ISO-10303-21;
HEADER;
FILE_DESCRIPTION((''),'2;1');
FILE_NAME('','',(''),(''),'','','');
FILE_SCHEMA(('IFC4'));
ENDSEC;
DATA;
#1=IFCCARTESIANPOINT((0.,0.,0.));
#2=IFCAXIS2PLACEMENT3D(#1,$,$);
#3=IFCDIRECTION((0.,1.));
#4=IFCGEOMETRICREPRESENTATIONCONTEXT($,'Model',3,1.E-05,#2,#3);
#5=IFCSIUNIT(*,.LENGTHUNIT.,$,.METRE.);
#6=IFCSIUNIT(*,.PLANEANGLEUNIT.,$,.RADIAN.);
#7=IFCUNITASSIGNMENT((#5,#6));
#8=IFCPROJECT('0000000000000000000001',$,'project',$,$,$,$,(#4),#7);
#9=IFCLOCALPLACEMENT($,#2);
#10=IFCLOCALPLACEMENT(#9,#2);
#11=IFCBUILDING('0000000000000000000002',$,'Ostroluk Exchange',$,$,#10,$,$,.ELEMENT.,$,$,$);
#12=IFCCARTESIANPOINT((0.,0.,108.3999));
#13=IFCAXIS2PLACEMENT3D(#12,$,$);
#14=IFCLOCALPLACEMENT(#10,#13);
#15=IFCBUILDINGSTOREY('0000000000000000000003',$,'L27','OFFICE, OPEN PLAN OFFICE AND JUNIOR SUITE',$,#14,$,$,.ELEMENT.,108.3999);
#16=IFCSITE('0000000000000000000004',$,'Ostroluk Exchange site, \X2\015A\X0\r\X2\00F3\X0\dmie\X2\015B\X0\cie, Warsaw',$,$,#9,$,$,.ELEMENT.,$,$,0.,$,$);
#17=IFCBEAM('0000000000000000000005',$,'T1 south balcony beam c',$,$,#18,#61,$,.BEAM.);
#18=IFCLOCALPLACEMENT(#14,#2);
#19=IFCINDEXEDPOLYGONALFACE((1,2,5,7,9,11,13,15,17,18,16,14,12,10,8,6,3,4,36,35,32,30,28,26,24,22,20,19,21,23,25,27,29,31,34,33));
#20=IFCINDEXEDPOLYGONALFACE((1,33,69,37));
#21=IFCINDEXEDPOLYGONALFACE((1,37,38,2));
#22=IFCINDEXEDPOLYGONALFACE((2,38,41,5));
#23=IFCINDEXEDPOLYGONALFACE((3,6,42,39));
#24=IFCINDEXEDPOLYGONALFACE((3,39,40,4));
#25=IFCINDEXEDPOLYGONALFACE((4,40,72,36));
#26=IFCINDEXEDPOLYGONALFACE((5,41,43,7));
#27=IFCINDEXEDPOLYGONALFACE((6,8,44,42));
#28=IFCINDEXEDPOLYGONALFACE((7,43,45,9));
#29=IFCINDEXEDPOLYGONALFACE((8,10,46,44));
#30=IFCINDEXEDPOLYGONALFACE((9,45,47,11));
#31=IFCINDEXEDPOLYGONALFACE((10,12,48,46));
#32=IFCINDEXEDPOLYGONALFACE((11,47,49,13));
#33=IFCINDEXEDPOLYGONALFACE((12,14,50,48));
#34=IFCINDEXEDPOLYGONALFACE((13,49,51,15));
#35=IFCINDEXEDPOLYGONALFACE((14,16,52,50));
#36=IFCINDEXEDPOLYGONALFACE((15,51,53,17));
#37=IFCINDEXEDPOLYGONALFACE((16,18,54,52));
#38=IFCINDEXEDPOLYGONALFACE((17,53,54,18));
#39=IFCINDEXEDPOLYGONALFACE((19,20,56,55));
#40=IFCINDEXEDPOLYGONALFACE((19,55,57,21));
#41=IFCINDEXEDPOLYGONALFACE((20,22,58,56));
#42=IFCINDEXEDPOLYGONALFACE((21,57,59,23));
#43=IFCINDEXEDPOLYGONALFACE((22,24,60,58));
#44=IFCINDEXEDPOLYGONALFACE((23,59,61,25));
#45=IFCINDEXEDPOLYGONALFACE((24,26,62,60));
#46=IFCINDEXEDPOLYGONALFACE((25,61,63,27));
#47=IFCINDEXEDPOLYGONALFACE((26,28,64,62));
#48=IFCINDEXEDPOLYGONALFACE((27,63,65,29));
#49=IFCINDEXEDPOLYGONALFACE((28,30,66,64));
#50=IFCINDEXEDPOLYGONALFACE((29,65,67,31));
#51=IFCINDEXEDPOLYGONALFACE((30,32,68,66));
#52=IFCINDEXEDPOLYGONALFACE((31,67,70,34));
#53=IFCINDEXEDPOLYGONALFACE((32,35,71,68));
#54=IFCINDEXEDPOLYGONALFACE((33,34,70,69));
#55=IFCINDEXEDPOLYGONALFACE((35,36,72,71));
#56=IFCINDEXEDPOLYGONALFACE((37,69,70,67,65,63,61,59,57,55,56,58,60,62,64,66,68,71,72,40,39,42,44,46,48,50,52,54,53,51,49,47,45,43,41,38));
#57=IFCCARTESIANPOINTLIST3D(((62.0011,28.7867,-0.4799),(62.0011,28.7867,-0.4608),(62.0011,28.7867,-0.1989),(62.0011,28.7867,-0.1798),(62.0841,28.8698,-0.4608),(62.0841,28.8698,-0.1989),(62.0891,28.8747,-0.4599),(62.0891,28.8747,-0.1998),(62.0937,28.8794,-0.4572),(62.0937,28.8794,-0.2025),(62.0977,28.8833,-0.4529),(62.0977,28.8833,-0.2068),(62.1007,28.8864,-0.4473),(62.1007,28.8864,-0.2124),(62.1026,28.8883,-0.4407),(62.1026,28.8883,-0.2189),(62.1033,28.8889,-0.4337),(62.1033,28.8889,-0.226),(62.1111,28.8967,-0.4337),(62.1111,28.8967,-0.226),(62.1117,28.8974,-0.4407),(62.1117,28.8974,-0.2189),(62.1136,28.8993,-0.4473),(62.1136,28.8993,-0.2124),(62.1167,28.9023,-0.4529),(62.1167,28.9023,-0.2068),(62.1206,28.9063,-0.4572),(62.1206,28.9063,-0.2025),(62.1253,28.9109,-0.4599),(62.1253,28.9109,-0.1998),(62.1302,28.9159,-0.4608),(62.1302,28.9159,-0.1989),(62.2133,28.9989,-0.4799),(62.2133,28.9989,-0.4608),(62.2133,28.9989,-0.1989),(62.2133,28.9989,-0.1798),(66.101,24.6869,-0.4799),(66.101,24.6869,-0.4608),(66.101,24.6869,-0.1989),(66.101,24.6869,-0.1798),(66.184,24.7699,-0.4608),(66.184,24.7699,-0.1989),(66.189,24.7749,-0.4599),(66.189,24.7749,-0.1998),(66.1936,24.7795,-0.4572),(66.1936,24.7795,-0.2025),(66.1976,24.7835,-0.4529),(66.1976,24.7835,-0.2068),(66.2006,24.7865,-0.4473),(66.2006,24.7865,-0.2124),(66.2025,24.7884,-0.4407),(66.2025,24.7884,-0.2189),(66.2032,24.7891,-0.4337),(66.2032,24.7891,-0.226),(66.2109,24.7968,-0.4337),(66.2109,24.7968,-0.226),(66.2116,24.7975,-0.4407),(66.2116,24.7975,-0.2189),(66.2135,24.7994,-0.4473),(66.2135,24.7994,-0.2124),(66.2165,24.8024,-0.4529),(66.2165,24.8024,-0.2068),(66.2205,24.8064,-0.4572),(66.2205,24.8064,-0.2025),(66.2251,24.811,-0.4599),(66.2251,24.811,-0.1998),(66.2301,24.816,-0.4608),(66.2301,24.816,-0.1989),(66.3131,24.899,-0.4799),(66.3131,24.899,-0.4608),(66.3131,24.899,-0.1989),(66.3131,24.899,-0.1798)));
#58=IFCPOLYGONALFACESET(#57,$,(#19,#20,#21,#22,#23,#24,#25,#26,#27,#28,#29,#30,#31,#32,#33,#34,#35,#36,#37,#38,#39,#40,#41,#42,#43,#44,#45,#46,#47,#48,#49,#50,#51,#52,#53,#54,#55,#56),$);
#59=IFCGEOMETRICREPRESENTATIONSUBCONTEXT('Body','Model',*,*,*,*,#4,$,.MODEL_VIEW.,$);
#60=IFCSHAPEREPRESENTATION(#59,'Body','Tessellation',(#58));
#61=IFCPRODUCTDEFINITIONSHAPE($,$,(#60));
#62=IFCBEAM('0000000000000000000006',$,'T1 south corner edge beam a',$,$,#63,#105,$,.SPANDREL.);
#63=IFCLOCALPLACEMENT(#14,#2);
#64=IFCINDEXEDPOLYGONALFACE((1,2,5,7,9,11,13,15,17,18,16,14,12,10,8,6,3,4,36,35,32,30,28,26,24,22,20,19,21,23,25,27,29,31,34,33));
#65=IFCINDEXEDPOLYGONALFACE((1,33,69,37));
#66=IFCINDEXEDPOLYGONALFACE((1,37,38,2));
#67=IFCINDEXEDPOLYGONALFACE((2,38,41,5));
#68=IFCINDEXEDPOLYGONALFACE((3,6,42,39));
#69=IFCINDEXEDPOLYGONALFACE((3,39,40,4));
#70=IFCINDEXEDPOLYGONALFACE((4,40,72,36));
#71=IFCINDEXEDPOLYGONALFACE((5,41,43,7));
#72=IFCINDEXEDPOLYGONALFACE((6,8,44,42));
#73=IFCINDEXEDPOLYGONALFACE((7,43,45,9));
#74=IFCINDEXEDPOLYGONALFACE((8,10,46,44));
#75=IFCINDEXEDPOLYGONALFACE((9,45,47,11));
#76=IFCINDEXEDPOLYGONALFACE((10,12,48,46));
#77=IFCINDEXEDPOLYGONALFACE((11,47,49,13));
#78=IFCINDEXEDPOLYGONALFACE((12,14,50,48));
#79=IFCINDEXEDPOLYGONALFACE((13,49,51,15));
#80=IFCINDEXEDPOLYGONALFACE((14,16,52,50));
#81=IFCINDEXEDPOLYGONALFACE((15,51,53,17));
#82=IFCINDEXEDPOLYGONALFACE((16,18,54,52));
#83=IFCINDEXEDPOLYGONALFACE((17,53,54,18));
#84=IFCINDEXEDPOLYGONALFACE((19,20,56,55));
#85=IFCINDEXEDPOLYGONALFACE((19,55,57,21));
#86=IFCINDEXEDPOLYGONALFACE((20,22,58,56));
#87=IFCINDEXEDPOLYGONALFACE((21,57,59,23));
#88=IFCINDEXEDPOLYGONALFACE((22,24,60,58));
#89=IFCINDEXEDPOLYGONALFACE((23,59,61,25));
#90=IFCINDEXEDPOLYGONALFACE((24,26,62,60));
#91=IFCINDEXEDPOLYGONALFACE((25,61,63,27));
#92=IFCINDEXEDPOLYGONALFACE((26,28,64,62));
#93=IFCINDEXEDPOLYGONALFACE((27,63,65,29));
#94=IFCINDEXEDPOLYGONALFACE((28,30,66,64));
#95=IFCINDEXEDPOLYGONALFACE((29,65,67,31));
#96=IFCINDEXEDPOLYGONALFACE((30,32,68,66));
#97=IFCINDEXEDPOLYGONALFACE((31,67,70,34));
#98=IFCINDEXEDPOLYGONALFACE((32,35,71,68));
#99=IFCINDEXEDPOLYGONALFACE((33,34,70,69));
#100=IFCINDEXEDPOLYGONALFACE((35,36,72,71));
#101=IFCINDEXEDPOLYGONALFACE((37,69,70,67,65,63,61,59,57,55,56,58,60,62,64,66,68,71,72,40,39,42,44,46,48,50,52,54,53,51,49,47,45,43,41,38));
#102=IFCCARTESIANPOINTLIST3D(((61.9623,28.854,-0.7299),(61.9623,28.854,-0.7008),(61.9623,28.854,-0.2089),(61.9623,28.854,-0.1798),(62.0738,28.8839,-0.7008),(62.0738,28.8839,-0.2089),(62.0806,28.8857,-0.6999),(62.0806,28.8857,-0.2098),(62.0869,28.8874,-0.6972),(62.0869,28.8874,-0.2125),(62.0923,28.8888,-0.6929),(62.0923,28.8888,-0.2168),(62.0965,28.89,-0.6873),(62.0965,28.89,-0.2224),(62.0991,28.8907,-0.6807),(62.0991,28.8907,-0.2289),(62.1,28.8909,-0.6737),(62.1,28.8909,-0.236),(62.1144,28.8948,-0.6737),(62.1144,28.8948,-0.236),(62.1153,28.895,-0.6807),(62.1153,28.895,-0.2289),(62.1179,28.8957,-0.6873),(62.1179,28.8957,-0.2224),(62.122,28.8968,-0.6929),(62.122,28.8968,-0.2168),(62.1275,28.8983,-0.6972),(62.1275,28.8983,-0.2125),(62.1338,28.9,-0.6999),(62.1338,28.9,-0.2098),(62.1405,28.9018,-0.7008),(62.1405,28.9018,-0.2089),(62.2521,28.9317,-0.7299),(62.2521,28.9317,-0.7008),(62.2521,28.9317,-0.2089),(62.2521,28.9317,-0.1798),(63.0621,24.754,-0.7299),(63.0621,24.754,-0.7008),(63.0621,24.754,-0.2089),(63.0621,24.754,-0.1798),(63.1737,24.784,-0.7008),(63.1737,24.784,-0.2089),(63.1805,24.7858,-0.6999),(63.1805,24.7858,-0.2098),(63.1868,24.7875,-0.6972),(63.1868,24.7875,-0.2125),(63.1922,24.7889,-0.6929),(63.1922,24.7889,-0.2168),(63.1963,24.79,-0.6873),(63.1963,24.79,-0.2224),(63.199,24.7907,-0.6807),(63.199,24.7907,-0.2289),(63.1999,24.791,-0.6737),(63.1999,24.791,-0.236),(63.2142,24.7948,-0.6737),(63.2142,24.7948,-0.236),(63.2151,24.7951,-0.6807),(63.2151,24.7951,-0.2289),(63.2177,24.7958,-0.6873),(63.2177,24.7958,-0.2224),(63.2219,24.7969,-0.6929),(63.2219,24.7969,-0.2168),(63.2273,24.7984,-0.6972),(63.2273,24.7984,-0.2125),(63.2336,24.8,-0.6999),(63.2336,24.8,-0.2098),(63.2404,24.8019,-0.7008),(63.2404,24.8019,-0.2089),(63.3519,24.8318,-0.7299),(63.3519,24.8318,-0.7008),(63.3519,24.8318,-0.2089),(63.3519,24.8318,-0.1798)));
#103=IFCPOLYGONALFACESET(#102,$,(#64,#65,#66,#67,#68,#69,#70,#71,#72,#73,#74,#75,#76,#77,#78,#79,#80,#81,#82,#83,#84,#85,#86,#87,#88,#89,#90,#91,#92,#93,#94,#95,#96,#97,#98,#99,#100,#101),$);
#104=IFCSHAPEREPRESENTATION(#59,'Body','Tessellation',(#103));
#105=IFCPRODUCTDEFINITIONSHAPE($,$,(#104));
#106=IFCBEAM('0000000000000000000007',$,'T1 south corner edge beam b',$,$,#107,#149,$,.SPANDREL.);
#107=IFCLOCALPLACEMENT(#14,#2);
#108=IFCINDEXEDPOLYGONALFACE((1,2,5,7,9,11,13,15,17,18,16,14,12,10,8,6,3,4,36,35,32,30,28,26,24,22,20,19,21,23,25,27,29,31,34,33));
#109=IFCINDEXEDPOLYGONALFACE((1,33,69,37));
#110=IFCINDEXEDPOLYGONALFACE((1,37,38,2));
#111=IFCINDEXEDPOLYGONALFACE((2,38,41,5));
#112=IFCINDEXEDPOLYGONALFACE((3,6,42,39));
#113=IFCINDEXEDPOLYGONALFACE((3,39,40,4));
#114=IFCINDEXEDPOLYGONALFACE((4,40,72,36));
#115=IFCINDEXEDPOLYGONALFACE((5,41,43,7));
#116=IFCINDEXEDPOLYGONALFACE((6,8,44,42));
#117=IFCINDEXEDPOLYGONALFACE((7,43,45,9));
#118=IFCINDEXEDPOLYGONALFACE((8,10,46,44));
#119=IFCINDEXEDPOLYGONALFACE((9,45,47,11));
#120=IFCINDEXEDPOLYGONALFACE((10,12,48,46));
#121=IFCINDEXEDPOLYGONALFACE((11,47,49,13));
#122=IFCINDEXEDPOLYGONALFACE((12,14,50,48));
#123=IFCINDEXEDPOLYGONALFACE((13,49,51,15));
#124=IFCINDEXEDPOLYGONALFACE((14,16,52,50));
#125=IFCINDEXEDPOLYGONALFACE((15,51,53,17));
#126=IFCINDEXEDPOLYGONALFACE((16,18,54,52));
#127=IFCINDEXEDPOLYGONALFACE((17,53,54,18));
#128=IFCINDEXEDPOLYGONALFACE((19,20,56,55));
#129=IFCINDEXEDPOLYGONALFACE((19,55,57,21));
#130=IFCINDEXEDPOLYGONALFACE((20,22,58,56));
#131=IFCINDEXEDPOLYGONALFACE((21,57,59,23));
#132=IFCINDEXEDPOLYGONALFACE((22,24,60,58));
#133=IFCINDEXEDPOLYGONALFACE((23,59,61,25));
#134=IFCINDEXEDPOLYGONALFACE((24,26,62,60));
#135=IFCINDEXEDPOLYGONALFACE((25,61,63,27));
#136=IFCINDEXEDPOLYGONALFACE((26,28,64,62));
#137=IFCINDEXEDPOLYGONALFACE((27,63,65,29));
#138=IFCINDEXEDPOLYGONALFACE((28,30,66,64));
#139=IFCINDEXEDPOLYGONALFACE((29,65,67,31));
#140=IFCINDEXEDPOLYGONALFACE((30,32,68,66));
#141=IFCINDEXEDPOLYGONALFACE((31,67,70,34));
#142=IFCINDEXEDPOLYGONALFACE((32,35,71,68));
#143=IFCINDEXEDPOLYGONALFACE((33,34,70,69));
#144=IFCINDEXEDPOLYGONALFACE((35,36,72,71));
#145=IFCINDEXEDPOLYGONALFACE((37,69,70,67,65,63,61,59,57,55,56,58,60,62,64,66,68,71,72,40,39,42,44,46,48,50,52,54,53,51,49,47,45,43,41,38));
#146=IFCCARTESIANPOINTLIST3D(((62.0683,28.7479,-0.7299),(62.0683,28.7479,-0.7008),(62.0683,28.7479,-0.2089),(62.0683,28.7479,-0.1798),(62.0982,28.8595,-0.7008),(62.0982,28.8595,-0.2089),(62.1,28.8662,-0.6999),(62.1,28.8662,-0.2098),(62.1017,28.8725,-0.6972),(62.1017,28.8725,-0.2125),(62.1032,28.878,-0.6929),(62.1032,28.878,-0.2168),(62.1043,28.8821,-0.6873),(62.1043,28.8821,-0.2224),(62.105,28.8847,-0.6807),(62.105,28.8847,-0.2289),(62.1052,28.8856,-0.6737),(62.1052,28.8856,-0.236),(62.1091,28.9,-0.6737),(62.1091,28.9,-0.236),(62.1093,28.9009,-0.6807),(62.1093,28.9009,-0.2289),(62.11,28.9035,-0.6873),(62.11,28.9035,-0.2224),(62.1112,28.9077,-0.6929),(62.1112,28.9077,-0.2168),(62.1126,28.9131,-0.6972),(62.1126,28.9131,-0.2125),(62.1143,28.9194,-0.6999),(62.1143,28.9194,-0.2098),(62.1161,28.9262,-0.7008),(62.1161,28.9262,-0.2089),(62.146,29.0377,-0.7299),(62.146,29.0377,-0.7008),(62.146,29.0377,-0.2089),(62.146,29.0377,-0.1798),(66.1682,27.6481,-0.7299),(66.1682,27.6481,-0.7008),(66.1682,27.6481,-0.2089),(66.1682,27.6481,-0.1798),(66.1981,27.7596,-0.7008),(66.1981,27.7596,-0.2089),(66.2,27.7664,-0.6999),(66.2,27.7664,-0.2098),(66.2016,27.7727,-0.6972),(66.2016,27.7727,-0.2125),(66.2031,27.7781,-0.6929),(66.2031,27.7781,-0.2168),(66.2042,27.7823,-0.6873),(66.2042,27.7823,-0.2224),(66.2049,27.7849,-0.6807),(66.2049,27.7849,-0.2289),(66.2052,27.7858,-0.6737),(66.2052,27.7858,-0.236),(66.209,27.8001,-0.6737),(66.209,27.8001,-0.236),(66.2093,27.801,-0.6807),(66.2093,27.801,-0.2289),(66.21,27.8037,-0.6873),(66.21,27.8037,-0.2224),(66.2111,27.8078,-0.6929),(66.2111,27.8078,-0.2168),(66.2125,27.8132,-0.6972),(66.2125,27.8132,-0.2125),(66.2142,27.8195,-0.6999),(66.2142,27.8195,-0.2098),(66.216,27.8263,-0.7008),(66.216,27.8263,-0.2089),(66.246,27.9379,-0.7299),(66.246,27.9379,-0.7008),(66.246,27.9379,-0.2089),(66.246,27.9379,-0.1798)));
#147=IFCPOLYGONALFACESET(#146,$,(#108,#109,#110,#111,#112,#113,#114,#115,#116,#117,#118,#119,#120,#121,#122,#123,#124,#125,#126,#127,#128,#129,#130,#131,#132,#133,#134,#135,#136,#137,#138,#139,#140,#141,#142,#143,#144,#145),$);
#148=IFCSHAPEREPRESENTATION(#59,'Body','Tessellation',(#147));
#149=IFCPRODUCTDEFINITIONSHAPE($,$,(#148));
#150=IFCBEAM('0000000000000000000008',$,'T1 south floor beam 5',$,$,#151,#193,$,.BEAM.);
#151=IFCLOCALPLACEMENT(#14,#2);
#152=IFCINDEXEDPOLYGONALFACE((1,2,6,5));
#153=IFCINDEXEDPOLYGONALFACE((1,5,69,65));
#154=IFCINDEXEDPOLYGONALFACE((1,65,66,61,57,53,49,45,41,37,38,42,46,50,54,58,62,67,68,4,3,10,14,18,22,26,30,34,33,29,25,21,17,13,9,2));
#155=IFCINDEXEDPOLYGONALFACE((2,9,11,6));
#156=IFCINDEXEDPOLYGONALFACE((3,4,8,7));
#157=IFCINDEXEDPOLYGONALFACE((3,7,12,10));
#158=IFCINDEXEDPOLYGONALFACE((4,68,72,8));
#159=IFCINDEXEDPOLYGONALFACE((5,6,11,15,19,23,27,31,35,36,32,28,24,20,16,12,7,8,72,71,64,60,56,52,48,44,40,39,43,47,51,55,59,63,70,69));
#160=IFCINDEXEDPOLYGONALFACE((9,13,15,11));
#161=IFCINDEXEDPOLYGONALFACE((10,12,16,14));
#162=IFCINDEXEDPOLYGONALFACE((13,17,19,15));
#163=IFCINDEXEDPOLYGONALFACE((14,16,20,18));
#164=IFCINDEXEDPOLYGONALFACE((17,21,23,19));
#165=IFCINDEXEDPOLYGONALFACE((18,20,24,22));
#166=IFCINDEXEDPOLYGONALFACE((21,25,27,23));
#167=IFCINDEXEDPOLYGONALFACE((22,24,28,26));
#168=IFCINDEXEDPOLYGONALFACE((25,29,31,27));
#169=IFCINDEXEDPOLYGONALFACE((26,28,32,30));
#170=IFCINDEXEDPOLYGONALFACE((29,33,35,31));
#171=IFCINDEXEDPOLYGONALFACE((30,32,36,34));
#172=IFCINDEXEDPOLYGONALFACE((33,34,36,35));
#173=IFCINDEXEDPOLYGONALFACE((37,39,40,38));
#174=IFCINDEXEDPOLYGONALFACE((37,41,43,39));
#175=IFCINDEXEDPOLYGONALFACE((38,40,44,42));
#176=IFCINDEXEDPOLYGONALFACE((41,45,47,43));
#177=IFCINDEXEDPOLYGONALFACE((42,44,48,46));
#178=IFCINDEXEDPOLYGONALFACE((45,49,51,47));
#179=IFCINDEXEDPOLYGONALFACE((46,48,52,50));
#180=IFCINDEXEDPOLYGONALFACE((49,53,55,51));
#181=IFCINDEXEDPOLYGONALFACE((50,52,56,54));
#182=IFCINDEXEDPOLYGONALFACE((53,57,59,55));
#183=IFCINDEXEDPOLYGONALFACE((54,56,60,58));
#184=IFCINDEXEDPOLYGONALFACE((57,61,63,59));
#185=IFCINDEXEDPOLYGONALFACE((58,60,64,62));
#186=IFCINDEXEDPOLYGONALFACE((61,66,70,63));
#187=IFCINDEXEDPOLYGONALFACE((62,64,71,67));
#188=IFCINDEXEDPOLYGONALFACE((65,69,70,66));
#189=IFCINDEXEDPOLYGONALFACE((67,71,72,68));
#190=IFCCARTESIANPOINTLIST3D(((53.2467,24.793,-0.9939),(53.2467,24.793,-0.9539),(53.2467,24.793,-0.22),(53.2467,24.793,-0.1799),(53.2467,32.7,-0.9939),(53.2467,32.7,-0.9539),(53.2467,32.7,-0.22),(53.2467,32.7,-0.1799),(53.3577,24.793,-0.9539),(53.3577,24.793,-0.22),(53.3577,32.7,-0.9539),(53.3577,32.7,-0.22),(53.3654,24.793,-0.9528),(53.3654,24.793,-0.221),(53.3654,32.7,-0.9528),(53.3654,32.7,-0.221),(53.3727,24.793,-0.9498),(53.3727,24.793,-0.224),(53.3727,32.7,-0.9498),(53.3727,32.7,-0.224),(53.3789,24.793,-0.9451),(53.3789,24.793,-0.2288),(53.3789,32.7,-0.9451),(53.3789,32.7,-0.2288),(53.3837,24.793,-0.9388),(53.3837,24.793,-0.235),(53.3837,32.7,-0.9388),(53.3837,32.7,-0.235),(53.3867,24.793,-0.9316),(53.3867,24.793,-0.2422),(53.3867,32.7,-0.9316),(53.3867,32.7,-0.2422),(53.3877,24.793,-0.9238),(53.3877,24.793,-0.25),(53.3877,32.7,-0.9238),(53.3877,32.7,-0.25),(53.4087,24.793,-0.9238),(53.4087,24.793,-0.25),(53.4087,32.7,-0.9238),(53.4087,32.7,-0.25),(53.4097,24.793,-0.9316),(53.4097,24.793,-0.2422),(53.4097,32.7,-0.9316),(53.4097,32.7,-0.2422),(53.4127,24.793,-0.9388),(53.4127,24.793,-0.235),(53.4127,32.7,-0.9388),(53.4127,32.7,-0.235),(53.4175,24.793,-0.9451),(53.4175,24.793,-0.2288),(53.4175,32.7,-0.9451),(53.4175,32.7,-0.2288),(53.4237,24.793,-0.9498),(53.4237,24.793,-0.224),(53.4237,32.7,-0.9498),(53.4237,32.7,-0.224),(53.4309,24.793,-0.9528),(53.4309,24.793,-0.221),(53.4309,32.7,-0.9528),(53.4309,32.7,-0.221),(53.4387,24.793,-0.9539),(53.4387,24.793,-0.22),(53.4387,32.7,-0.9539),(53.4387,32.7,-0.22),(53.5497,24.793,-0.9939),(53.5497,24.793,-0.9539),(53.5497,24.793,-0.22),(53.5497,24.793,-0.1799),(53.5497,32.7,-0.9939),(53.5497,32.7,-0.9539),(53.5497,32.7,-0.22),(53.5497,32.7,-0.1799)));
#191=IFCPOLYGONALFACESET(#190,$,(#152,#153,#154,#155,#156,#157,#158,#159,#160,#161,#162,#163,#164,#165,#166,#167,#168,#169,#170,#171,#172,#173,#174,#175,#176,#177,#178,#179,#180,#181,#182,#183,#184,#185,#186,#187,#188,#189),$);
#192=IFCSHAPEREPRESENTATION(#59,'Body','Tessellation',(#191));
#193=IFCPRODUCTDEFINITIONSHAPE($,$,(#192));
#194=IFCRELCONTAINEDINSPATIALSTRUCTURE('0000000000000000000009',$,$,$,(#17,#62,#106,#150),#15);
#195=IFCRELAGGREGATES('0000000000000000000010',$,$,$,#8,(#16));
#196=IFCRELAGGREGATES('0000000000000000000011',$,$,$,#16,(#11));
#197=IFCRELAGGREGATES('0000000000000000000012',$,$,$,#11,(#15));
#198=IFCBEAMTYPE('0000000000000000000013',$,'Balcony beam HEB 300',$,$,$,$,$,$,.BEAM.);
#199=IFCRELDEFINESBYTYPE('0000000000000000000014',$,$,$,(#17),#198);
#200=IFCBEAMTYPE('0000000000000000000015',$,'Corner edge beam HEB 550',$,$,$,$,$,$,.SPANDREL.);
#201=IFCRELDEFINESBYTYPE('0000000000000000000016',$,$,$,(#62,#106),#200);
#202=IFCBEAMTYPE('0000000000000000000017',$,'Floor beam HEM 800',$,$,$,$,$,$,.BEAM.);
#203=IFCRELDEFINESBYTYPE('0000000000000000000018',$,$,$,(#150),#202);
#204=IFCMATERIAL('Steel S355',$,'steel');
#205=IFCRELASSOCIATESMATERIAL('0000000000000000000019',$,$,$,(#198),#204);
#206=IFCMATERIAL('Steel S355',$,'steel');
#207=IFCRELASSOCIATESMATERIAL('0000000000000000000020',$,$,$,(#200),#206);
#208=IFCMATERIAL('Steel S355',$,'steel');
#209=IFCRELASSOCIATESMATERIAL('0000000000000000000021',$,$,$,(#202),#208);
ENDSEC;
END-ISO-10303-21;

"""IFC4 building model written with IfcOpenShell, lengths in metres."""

from ifc_helpers import new_model, si_unit, direction, frame, origin, origin_2d, place, context, subcontext, project, spatial, i_section, extrude, material, material_profile, profile_set, type_object, element, save


model = new_model("IFC4")

# Units and contexts
model_context = context("Model", 3, precision=1e-05, world=origin(), true_north=direction((0.0, 1.0)))
body_context = subcontext(model_context, "Body", "Model", "MODEL_VIEW")
ifc_project = project(units=[si_unit("LENGTHUNIT", "METRE"), si_unit("PLANEANGLEUNIT", "RADIAN")], contexts=[model_context])

# Site, building, storey
site_placement = place(None, origin())
site = spatial("IfcSite", under=ifc_project, at=site_placement, Name="Ostroluk Exchange site, Śródmieście, Warsaw", CompositionType="ELEMENT", RefElevation=0.0)
building_placement = place(site_placement, origin())
building = spatial("IfcBuilding", under=site, at=building_placement, Name="Ostroluk Exchange", CompositionType="ELEMENT")
storey_placement = place(building_placement, frame((0.0, 0.0, 108.3999)))
storey = spatial("IfcBuildingStorey", under=building, at=storey_placement, Name="L27", Description="OFFICE, OPEN PLAN OFFICE AND JUNIOR SUITE", CompositionType="ELEMENT", Elevation=108.3999)

# Beams
ifc_material_1 = material(Name="Steel S355", Category="steel")
ifc_material_profile_1 = material_profile(ifc_material_1, i_section(OverallWidth=0.3, OverallDepth=0.3, WebThickness=0.011, FlangeThickness=0.019, FilletRadius=0.0271, at=origin_2d()), Name="HEB 300")
ifc_profile_set_1 = profile_set([ifc_material_profile_1], Name="Steel S355")
beam_type_1 = type_object("IfcBeamType", Name="Balcony beam HEB 300", PredefinedType="BEAM", material=ifc_profile_set_1)
beam_1_placement = place(storey_placement, frame((62.1072, 28.8928, -0.3298), z_axis=(0.707107, -0.707107, 0.0), x_axis=(0.707107, 0.707107, 0.0)))
element("IfcBeam", 1, at=beam_1_placement, inside=storey, type_object=beam_type_1, Name="T1 south balcony beam c", PredefinedType="BEAM", context=body_context, shape_type="SweptSolid", body=[
    extrude(i_section(OverallWidth=0.3, OverallDepth=0.3, WebThickness=0.011, FlangeThickness=0.019, FilletRadius=0.0271, at=origin_2d()), origin(), (0.0, 0.0, 1.0), 5.7981),
])
ifc_material_2 = material(Name="Steel S355", Category="steel")
ifc_material_profile_2 = material_profile(ifc_material_2, i_section(OverallWidth=0.3, OverallDepth=0.55, WebThickness=0.0149, FlangeThickness=0.0291, FilletRadius=0.0271, at=origin_2d()), Name="HEB 550")
ifc_profile_set_2 = profile_set([ifc_material_profile_2], Name="Steel S355")
beam_type_2 = type_object("IfcBeamType", Name="Corner edge beam HEB 550", PredefinedType="SPANDREL", material=ifc_profile_set_2)
for number, where, z_axis, x_axis, name in (
    (2, (62.1072, 28.8928, -0.4548), (0.259105, -0.965849, 0.0), (0.965849, 0.259105, 0.0), "T1 south corner edge beam a"),
    (3, (62.1072, 28.8928, -0.4548), (0.965849, -0.259105, 0.0), (0.259105, 0.965849, 0.0), "T1 south corner edge beam b"),
):
    element("IfcBeam", number, at=place(storey_placement, frame(where, z_axis=z_axis, x_axis=x_axis)), inside=storey, type_object=beam_type_2, Name=name, PredefinedType="SPANDREL", context=body_context, shape_type="SweptSolid", body=[
        extrude(i_section(OverallWidth=0.3, OverallDepth=0.55, WebThickness=0.0149, FlangeThickness=0.0291, FilletRadius=0.0271, at=origin_2d()), origin(), (0.0, 0.0, 1.0), 4.2449),
    ])
ifc_material_3 = material(Name="Steel S355", Category="steel")
ifc_material_profile_3 = material_profile(ifc_material_3, i_section(OverallWidth=0.303, OverallDepth=0.814, WebThickness=0.021, FlangeThickness=0.04, FilletRadius=0.03, at=origin_2d()), Name="HEM 800")
ifc_profile_set_3 = profile_set([ifc_material_profile_3], Name="Steel S355")
beam_type_3 = type_object("IfcBeamType", Name="Floor beam HEM 800", PredefinedType="BEAM", material=ifc_profile_set_3)
beam_2_placement = place(storey_placement, frame((53.3982, 32.7, -0.5869), z_axis=(0.0, -1.0, 0.0), x_axis=(1.0, 0.0, 0.0)))
element("IfcBeam", 4, at=beam_2_placement, inside=storey, type_object=beam_type_3, Name="T1 south floor beam 5", PredefinedType="BEAM", context=body_context, shape_type="SweptSolid", body=[
    extrude(i_section(OverallWidth=0.303, OverallDepth=0.814, WebThickness=0.021, FlangeThickness=0.04, FilletRadius=0.03, at=origin_2d()), origin(), (0.0, 0.0, 1.0), 7.907),
])

save(model, "model.ifc")
